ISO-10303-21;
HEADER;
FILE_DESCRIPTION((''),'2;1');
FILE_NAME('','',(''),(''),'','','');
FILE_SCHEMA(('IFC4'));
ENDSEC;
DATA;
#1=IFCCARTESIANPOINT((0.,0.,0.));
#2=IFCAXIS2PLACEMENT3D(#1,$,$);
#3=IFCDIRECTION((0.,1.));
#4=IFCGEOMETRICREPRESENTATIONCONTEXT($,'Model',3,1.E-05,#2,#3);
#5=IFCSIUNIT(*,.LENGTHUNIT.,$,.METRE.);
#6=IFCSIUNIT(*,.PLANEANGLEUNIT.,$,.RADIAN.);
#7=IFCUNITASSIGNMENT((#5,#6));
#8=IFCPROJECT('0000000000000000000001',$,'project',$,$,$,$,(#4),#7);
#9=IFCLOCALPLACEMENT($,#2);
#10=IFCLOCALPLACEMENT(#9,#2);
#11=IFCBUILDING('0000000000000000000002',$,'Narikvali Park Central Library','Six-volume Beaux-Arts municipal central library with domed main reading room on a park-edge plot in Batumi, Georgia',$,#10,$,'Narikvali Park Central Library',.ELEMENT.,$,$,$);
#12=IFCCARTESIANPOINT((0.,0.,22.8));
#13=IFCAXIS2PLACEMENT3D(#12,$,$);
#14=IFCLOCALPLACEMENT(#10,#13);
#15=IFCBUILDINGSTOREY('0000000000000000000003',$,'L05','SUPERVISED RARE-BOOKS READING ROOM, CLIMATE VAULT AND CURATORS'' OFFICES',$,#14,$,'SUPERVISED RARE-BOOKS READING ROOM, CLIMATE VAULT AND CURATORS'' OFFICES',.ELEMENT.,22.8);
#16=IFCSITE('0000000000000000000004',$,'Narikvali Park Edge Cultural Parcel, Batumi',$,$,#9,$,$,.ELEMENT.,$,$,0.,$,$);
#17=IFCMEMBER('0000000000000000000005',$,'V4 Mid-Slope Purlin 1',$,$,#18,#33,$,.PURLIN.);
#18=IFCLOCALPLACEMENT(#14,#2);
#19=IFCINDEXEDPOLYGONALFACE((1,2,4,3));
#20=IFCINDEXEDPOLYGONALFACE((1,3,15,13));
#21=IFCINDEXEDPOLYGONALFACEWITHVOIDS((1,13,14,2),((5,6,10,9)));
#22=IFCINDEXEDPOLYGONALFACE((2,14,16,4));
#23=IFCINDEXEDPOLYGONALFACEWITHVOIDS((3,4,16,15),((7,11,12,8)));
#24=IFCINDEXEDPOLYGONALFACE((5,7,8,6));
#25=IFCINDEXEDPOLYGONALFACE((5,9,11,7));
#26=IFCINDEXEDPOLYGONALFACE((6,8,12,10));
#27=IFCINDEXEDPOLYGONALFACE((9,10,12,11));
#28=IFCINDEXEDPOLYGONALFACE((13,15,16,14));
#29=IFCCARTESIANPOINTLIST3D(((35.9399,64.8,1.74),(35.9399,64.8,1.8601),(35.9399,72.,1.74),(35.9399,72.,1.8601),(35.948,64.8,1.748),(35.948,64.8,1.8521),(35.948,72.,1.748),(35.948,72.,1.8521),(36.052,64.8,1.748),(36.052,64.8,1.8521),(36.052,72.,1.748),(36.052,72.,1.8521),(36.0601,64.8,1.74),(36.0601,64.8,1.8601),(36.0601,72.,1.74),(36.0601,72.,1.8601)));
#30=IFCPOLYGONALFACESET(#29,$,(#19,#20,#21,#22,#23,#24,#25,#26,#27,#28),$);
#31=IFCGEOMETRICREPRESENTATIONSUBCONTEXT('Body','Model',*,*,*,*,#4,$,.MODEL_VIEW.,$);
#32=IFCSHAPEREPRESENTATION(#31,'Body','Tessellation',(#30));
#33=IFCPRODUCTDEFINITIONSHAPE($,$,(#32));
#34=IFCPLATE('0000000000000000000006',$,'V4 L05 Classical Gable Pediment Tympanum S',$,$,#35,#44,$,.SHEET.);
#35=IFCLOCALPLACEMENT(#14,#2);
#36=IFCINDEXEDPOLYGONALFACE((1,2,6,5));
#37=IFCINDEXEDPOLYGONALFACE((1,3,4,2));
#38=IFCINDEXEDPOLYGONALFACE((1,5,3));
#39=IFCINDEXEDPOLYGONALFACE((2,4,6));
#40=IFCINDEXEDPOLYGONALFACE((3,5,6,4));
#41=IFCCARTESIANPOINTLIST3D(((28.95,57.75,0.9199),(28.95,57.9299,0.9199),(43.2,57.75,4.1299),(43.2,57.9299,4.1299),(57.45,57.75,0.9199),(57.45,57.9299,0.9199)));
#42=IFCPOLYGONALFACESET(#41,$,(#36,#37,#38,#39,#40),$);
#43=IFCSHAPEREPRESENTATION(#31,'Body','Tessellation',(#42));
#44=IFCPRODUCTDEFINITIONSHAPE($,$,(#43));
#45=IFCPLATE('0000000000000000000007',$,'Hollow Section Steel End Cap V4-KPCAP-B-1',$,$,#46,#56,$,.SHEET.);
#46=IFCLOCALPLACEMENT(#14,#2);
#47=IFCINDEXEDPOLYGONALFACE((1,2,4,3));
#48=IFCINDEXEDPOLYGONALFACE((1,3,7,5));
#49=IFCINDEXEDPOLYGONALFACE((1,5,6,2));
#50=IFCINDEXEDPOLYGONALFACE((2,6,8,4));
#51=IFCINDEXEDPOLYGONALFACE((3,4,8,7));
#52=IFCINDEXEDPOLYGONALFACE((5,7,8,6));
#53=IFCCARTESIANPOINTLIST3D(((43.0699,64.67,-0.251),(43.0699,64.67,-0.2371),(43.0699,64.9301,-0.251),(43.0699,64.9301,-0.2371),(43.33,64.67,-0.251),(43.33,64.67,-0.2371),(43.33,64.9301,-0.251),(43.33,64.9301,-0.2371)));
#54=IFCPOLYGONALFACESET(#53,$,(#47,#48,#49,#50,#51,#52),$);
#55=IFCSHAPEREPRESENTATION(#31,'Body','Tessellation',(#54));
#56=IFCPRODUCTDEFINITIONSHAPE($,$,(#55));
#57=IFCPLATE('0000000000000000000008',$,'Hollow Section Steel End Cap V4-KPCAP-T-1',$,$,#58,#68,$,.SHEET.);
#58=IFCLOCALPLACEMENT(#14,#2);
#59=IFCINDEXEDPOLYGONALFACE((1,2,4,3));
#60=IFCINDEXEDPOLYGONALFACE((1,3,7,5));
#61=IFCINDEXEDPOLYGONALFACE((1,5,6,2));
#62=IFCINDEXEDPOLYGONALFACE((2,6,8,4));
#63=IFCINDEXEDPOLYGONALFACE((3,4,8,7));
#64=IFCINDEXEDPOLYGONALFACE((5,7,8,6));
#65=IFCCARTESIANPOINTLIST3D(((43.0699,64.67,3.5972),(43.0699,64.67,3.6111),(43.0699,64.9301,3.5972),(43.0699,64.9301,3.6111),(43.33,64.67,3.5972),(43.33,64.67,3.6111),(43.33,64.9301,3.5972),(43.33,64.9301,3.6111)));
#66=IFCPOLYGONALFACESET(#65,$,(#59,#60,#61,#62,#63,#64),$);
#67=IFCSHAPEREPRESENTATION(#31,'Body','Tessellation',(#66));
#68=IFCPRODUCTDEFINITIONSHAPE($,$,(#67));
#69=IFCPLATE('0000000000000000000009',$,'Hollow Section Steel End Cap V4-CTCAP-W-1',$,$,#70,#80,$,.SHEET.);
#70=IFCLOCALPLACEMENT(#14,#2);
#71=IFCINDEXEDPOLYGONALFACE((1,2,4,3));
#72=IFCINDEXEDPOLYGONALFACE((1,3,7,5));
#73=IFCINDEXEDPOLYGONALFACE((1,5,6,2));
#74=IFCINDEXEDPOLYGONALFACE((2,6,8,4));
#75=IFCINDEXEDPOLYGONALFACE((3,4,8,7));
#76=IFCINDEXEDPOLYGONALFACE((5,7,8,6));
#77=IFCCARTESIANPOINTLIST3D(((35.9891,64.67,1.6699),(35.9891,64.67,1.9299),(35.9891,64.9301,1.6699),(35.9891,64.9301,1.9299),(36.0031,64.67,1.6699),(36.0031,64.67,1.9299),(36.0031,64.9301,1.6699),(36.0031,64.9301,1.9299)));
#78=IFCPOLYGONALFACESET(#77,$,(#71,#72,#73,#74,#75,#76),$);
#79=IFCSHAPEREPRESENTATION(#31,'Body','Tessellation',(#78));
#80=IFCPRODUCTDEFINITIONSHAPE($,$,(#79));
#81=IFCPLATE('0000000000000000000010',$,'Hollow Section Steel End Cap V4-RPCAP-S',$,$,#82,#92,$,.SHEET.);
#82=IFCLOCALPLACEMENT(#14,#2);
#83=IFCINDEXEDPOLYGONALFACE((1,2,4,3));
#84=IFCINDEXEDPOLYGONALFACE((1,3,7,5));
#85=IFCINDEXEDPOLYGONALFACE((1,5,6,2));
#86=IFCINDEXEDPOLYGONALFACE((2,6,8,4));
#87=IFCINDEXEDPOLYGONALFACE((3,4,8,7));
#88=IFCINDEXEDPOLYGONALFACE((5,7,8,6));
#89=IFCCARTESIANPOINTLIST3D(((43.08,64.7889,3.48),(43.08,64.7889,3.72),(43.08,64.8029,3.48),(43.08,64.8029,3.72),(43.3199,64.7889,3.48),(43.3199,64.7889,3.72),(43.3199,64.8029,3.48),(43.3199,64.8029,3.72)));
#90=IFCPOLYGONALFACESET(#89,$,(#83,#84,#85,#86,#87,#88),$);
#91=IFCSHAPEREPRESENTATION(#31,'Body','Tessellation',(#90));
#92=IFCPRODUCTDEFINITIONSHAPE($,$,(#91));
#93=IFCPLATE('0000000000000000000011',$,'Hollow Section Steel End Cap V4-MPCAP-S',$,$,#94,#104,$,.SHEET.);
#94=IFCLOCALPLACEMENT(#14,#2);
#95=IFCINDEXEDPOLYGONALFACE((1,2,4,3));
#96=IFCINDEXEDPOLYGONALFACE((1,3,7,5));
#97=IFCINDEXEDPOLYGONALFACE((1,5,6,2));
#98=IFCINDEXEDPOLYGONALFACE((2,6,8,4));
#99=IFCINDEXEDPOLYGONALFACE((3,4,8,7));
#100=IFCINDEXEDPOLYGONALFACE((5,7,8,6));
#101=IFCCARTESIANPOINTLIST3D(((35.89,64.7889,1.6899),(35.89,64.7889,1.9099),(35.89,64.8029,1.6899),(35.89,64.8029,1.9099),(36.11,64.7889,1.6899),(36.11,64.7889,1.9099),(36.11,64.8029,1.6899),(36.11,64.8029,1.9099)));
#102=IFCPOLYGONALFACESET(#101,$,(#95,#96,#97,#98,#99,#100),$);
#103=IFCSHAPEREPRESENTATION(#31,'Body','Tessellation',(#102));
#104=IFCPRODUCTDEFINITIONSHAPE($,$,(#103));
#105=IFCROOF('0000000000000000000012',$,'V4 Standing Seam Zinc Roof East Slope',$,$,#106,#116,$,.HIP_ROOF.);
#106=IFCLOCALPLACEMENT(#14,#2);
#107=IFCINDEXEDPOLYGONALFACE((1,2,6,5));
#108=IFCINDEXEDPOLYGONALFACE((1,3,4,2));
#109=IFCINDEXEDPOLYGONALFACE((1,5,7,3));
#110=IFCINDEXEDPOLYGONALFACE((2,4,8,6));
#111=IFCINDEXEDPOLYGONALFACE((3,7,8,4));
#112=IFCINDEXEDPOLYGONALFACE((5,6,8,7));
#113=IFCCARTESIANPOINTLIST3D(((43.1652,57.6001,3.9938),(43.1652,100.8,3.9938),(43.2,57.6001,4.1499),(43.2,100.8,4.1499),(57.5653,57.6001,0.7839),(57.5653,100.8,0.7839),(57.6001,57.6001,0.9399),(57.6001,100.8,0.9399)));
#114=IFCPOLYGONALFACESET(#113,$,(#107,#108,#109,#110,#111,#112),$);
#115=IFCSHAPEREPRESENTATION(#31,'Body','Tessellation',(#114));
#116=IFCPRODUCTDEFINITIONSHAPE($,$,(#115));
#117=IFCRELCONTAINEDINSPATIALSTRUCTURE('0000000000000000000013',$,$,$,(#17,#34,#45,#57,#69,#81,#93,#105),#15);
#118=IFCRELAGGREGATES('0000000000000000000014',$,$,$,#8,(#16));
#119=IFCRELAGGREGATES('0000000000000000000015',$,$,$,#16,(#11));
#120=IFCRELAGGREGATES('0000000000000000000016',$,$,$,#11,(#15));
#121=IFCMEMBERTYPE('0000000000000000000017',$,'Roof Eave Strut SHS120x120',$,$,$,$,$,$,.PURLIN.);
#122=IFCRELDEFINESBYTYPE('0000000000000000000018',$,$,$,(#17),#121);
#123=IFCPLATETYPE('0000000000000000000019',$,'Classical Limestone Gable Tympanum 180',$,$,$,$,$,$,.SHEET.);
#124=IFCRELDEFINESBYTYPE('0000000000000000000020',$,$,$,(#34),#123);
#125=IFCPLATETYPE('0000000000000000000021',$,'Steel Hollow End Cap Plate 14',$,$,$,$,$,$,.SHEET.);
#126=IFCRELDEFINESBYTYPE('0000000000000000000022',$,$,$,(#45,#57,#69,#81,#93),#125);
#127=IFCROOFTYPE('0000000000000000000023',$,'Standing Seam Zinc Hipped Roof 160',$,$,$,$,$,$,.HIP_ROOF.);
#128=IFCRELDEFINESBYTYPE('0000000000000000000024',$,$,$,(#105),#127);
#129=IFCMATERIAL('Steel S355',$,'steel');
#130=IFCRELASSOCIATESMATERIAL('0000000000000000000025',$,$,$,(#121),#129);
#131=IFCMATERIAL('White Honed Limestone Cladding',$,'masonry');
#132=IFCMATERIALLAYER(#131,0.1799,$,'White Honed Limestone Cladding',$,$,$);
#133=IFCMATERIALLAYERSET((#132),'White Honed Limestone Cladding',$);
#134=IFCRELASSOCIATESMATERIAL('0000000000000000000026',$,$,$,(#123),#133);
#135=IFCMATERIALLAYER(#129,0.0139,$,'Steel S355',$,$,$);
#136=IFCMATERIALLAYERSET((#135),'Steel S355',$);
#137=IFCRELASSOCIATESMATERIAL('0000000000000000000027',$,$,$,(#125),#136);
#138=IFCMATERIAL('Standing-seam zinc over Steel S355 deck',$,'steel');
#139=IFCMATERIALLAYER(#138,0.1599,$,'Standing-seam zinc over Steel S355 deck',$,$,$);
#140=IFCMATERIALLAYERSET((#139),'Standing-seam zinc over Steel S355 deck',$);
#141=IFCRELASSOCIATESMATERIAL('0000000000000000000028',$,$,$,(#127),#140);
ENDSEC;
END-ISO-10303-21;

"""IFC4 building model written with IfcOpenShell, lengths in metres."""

from ifc_helpers import new_model, si_unit, direction, frame, origin, origin_2d, place, context, subcontext, project, spatial, polyline, rectangle, hollow_rectangle, outline, extrude, material, layer, layer_set, material_profile, profile_set, type_object, element, save


model = new_model("IFC4")

# Units and contexts
model_context = context("Model", 3, precision=1e-05, world=origin(), true_north=direction((0.0, 1.0)))
body_context = subcontext(model_context, "Body", "Model", "MODEL_VIEW")
ifc_project = project(units=[si_unit("LENGTHUNIT", "METRE"), si_unit("PLANEANGLEUNIT", "RADIAN")], contexts=[model_context])

# Site, building, storey
site_placement = place(None, origin())
site = spatial("IfcSite", under=ifc_project, at=site_placement, Name="Narikvali Park Edge Cultural Parcel, Batumi", CompositionType="ELEMENT", RefElevation=0.0)
building_placement = place(site_placement, origin())
building = spatial("IfcBuilding", under=site, at=building_placement, Name="Narikvali Park Central Library", Description="Six-volume Beaux-Arts municipal central library with domed main reading room on a park-edge plot in Batumi, Georgia", LongName="Narikvali Park Central Library", CompositionType="ELEMENT")
storey_placement = place(building_placement, frame((0.0, 0.0, 22.8)))
storey = spatial("IfcBuildingStorey", under=building, at=storey_placement, Name="L05", Description="SUPERVISED RARE-BOOKS READING ROOM, CLIMATE VAULT AND CURATORS' OFFICES", LongName="SUPERVISED RARE-BOOKS READING ROOM, CLIMATE VAULT AND CURATORS' OFFICES", CompositionType="ELEMENT", Elevation=22.8)

# Shared definitions
ifc_material_1 = material(Name="Steel S355", Category="steel")

# Member
ifc_material_profile_1 = material_profile(ifc_material_1, hollow_rectangle(XDim=0.1201, YDim=0.1201, WallThickness=0.0081, at=origin_2d()), Name="SHS 120x120x8")
ifc_profile_set_1 = profile_set([ifc_material_profile_1], Name="Steel S355")
member_type_1 = type_object("IfcMemberType", Name="Roof Eave Strut SHS120x120", PredefinedType="PURLIN", material=ifc_profile_set_1)
member_1_placement = place(storey_placement, frame((36.0, 64.8, 1.8), z_axis=(0.0, 1.0, 0.0), x_axis=(-1.0, 0.0, 0.0)))
element("IfcMember", 1, at=member_1_placement, inside=storey, type_object=member_type_1, Name="V4 Mid-Slope Purlin 1", PredefinedType="PURLIN", context=body_context, shape_type="SweptSolid", body=[
    extrude(hollow_rectangle(XDim=0.1201, YDim=0.1201, WallThickness=0.0081, at=origin_2d()), origin(), (0.0, 0.0, 1.0), 7.2),
])

# Plates
ifc_material_2 = material(Name="White Honed Limestone Cladding", Category="masonry")
ifc_layer_1 = layer(ifc_material_2, 0.1799, Name="White Honed Limestone Cladding")
ifc_layer_set_1 = layer_set([ifc_layer_1], Name="White Honed Limestone Cladding")
plate_type_1 = type_object("IfcPlateType", Name="Classical Limestone Gable Tympanum 180", PredefinedType="SHEET", material=ifc_layer_set_1)
plate_1_placement = place(storey_placement, frame((28.95, 57.75, 0.9199), z_axis=(0.0, -1.0, 0.0), x_axis=(1.0, 0.0, 0.0)))
element("IfcPlate", 2, at=plate_1_placement, inside=storey, type_object=plate_type_1, Name="V4 L05 Classical Gable Pediment Tympanum S", PredefinedType="SHEET", context=body_context, shape_type="SweptSolid", body=[
    extrude(outline(polyline([(0.0, 0.0), (28.5, 0.0), (14.25, 3.21), (0.0, 0.0)])), origin(), (0.0, 0.0, -1.0), 0.1799),
])
ifc_layer_2 = layer(ifc_material_1, 0.0139, Name="Steel S355")
ifc_layer_set_2 = layer_set([ifc_layer_2], Name="Steel S355")
plate_type_2 = type_object("IfcPlateType", Name="Steel Hollow End Cap Plate 14", PredefinedType="SHEET", material=ifc_layer_set_2)
for number, where, z_axis, x_axis, name in (
    (3, (43.2, 64.8, -0.251), (0.0, 0.0, 1.0), (1.0, 0.0, 0.0), "Hollow Section Steel End Cap V4-KPCAP-B-1"),
    (4, (43.2, 64.8, 3.5972), (0.0, 0.0, 1.0), (1.0, 0.0, 0.0), "Hollow Section Steel End Cap V4-KPCAP-T-1"),
):
    element("IfcPlate", number, at=place(storey_placement, frame(where, z_axis=z_axis, x_axis=x_axis)), inside=storey, type_object=plate_type_2, Name=name, PredefinedType="SHEET", context=body_context, shape_type="SweptSolid", body=[
        extrude(rectangle(XDim=0.26, YDim=0.26, at=origin_2d()), origin(), (0.0, 0.0, 1.0), 0.0139),
    ])
plate_2_placement = place(storey_placement, frame((35.9961, 64.8, 1.6699), z_axis=(0.0, 0.0, 1.0), x_axis=(-1.0, 0.0, 0.0)))
element("IfcPlate", 5, at=plate_2_placement, inside=storey, type_object=plate_type_2, Name="Hollow Section Steel End Cap V4-CTCAP-W-1", PredefinedType="SHEET", context=body_context, shape_type="SweptSolid", body=[
    extrude(rectangle(XDim=0.0139, YDim=0.26, at=origin_2d()), origin(), (0.0, 0.0, 1.0), 0.26),
])
plate_3_placement = place(storey_placement, frame((43.2, 64.7959, 3.48), z_axis=(0.0, 0.0, 1.0), x_axis=(-1.0, 0.0, 0.0)))
element("IfcPlate", 6, at=plate_3_placement, inside=storey, type_object=plate_type_2, Name="Hollow Section Steel End Cap V4-RPCAP-S", PredefinedType="SHEET", context=body_context, shape_type="SweptSolid", body=[
    extrude(rectangle(XDim=0.24, YDim=0.0139, at=origin_2d()), origin(), (0.0, 0.0, 1.0), 0.24),
])
plate_4_placement = place(storey_placement, frame((36.0, 64.7959, 1.6899), z_axis=(0.0, 0.0, 1.0), x_axis=(-1.0, 0.0, 0.0)))
element("IfcPlate", 7, at=plate_4_placement, inside=storey, type_object=plate_type_2, Name="Hollow Section Steel End Cap V4-MPCAP-S", PredefinedType="SHEET", context=body_context, shape_type="SweptSolid", body=[
    extrude(rectangle(XDim=0.22, YDim=0.0139, at=origin_2d()), origin(), (0.0, 0.0, 1.0), 0.22),
])

# Roof
ifc_material_3 = material(Name="Standing-seam zinc over Steel S355 deck", Category="steel")
ifc_layer_3 = layer(ifc_material_3, 0.1599, Name="Standing-seam zinc over Steel S355 deck")
ifc_layer_set_3 = layer_set([ifc_layer_3], Name="Standing-seam zinc over Steel S355 deck")
roof_type = type_object("IfcRoofType", Name="Standing Seam Zinc Hipped Roof 160", PredefinedType="HIP_ROOF", material=ifc_layer_set_3)
roof_placement = place(storey_placement, frame((43.2, 57.6001, 4.1499), z_axis=(0.217572, 0.0, 0.976044), x_axis=(0.976044, 0.0, -0.217572)))
element("IfcRoof", 8, at=roof_placement, inside=storey, type_object=roof_type, Name="V4 Standing Seam Zinc Roof East Slope", PredefinedType="HIP_ROOF", context=body_context, shape_type="SweptSolid", body=[
    extrude(outline(polyline([(0.0, 0.0), (14.7536, 0.0), (14.7536, 43.2), (0.0, 43.2), (0.0, 0.0)])), origin(), (0.0, 0.0, -1.0), 0.1599),
])

save(model, "model.ifc")
